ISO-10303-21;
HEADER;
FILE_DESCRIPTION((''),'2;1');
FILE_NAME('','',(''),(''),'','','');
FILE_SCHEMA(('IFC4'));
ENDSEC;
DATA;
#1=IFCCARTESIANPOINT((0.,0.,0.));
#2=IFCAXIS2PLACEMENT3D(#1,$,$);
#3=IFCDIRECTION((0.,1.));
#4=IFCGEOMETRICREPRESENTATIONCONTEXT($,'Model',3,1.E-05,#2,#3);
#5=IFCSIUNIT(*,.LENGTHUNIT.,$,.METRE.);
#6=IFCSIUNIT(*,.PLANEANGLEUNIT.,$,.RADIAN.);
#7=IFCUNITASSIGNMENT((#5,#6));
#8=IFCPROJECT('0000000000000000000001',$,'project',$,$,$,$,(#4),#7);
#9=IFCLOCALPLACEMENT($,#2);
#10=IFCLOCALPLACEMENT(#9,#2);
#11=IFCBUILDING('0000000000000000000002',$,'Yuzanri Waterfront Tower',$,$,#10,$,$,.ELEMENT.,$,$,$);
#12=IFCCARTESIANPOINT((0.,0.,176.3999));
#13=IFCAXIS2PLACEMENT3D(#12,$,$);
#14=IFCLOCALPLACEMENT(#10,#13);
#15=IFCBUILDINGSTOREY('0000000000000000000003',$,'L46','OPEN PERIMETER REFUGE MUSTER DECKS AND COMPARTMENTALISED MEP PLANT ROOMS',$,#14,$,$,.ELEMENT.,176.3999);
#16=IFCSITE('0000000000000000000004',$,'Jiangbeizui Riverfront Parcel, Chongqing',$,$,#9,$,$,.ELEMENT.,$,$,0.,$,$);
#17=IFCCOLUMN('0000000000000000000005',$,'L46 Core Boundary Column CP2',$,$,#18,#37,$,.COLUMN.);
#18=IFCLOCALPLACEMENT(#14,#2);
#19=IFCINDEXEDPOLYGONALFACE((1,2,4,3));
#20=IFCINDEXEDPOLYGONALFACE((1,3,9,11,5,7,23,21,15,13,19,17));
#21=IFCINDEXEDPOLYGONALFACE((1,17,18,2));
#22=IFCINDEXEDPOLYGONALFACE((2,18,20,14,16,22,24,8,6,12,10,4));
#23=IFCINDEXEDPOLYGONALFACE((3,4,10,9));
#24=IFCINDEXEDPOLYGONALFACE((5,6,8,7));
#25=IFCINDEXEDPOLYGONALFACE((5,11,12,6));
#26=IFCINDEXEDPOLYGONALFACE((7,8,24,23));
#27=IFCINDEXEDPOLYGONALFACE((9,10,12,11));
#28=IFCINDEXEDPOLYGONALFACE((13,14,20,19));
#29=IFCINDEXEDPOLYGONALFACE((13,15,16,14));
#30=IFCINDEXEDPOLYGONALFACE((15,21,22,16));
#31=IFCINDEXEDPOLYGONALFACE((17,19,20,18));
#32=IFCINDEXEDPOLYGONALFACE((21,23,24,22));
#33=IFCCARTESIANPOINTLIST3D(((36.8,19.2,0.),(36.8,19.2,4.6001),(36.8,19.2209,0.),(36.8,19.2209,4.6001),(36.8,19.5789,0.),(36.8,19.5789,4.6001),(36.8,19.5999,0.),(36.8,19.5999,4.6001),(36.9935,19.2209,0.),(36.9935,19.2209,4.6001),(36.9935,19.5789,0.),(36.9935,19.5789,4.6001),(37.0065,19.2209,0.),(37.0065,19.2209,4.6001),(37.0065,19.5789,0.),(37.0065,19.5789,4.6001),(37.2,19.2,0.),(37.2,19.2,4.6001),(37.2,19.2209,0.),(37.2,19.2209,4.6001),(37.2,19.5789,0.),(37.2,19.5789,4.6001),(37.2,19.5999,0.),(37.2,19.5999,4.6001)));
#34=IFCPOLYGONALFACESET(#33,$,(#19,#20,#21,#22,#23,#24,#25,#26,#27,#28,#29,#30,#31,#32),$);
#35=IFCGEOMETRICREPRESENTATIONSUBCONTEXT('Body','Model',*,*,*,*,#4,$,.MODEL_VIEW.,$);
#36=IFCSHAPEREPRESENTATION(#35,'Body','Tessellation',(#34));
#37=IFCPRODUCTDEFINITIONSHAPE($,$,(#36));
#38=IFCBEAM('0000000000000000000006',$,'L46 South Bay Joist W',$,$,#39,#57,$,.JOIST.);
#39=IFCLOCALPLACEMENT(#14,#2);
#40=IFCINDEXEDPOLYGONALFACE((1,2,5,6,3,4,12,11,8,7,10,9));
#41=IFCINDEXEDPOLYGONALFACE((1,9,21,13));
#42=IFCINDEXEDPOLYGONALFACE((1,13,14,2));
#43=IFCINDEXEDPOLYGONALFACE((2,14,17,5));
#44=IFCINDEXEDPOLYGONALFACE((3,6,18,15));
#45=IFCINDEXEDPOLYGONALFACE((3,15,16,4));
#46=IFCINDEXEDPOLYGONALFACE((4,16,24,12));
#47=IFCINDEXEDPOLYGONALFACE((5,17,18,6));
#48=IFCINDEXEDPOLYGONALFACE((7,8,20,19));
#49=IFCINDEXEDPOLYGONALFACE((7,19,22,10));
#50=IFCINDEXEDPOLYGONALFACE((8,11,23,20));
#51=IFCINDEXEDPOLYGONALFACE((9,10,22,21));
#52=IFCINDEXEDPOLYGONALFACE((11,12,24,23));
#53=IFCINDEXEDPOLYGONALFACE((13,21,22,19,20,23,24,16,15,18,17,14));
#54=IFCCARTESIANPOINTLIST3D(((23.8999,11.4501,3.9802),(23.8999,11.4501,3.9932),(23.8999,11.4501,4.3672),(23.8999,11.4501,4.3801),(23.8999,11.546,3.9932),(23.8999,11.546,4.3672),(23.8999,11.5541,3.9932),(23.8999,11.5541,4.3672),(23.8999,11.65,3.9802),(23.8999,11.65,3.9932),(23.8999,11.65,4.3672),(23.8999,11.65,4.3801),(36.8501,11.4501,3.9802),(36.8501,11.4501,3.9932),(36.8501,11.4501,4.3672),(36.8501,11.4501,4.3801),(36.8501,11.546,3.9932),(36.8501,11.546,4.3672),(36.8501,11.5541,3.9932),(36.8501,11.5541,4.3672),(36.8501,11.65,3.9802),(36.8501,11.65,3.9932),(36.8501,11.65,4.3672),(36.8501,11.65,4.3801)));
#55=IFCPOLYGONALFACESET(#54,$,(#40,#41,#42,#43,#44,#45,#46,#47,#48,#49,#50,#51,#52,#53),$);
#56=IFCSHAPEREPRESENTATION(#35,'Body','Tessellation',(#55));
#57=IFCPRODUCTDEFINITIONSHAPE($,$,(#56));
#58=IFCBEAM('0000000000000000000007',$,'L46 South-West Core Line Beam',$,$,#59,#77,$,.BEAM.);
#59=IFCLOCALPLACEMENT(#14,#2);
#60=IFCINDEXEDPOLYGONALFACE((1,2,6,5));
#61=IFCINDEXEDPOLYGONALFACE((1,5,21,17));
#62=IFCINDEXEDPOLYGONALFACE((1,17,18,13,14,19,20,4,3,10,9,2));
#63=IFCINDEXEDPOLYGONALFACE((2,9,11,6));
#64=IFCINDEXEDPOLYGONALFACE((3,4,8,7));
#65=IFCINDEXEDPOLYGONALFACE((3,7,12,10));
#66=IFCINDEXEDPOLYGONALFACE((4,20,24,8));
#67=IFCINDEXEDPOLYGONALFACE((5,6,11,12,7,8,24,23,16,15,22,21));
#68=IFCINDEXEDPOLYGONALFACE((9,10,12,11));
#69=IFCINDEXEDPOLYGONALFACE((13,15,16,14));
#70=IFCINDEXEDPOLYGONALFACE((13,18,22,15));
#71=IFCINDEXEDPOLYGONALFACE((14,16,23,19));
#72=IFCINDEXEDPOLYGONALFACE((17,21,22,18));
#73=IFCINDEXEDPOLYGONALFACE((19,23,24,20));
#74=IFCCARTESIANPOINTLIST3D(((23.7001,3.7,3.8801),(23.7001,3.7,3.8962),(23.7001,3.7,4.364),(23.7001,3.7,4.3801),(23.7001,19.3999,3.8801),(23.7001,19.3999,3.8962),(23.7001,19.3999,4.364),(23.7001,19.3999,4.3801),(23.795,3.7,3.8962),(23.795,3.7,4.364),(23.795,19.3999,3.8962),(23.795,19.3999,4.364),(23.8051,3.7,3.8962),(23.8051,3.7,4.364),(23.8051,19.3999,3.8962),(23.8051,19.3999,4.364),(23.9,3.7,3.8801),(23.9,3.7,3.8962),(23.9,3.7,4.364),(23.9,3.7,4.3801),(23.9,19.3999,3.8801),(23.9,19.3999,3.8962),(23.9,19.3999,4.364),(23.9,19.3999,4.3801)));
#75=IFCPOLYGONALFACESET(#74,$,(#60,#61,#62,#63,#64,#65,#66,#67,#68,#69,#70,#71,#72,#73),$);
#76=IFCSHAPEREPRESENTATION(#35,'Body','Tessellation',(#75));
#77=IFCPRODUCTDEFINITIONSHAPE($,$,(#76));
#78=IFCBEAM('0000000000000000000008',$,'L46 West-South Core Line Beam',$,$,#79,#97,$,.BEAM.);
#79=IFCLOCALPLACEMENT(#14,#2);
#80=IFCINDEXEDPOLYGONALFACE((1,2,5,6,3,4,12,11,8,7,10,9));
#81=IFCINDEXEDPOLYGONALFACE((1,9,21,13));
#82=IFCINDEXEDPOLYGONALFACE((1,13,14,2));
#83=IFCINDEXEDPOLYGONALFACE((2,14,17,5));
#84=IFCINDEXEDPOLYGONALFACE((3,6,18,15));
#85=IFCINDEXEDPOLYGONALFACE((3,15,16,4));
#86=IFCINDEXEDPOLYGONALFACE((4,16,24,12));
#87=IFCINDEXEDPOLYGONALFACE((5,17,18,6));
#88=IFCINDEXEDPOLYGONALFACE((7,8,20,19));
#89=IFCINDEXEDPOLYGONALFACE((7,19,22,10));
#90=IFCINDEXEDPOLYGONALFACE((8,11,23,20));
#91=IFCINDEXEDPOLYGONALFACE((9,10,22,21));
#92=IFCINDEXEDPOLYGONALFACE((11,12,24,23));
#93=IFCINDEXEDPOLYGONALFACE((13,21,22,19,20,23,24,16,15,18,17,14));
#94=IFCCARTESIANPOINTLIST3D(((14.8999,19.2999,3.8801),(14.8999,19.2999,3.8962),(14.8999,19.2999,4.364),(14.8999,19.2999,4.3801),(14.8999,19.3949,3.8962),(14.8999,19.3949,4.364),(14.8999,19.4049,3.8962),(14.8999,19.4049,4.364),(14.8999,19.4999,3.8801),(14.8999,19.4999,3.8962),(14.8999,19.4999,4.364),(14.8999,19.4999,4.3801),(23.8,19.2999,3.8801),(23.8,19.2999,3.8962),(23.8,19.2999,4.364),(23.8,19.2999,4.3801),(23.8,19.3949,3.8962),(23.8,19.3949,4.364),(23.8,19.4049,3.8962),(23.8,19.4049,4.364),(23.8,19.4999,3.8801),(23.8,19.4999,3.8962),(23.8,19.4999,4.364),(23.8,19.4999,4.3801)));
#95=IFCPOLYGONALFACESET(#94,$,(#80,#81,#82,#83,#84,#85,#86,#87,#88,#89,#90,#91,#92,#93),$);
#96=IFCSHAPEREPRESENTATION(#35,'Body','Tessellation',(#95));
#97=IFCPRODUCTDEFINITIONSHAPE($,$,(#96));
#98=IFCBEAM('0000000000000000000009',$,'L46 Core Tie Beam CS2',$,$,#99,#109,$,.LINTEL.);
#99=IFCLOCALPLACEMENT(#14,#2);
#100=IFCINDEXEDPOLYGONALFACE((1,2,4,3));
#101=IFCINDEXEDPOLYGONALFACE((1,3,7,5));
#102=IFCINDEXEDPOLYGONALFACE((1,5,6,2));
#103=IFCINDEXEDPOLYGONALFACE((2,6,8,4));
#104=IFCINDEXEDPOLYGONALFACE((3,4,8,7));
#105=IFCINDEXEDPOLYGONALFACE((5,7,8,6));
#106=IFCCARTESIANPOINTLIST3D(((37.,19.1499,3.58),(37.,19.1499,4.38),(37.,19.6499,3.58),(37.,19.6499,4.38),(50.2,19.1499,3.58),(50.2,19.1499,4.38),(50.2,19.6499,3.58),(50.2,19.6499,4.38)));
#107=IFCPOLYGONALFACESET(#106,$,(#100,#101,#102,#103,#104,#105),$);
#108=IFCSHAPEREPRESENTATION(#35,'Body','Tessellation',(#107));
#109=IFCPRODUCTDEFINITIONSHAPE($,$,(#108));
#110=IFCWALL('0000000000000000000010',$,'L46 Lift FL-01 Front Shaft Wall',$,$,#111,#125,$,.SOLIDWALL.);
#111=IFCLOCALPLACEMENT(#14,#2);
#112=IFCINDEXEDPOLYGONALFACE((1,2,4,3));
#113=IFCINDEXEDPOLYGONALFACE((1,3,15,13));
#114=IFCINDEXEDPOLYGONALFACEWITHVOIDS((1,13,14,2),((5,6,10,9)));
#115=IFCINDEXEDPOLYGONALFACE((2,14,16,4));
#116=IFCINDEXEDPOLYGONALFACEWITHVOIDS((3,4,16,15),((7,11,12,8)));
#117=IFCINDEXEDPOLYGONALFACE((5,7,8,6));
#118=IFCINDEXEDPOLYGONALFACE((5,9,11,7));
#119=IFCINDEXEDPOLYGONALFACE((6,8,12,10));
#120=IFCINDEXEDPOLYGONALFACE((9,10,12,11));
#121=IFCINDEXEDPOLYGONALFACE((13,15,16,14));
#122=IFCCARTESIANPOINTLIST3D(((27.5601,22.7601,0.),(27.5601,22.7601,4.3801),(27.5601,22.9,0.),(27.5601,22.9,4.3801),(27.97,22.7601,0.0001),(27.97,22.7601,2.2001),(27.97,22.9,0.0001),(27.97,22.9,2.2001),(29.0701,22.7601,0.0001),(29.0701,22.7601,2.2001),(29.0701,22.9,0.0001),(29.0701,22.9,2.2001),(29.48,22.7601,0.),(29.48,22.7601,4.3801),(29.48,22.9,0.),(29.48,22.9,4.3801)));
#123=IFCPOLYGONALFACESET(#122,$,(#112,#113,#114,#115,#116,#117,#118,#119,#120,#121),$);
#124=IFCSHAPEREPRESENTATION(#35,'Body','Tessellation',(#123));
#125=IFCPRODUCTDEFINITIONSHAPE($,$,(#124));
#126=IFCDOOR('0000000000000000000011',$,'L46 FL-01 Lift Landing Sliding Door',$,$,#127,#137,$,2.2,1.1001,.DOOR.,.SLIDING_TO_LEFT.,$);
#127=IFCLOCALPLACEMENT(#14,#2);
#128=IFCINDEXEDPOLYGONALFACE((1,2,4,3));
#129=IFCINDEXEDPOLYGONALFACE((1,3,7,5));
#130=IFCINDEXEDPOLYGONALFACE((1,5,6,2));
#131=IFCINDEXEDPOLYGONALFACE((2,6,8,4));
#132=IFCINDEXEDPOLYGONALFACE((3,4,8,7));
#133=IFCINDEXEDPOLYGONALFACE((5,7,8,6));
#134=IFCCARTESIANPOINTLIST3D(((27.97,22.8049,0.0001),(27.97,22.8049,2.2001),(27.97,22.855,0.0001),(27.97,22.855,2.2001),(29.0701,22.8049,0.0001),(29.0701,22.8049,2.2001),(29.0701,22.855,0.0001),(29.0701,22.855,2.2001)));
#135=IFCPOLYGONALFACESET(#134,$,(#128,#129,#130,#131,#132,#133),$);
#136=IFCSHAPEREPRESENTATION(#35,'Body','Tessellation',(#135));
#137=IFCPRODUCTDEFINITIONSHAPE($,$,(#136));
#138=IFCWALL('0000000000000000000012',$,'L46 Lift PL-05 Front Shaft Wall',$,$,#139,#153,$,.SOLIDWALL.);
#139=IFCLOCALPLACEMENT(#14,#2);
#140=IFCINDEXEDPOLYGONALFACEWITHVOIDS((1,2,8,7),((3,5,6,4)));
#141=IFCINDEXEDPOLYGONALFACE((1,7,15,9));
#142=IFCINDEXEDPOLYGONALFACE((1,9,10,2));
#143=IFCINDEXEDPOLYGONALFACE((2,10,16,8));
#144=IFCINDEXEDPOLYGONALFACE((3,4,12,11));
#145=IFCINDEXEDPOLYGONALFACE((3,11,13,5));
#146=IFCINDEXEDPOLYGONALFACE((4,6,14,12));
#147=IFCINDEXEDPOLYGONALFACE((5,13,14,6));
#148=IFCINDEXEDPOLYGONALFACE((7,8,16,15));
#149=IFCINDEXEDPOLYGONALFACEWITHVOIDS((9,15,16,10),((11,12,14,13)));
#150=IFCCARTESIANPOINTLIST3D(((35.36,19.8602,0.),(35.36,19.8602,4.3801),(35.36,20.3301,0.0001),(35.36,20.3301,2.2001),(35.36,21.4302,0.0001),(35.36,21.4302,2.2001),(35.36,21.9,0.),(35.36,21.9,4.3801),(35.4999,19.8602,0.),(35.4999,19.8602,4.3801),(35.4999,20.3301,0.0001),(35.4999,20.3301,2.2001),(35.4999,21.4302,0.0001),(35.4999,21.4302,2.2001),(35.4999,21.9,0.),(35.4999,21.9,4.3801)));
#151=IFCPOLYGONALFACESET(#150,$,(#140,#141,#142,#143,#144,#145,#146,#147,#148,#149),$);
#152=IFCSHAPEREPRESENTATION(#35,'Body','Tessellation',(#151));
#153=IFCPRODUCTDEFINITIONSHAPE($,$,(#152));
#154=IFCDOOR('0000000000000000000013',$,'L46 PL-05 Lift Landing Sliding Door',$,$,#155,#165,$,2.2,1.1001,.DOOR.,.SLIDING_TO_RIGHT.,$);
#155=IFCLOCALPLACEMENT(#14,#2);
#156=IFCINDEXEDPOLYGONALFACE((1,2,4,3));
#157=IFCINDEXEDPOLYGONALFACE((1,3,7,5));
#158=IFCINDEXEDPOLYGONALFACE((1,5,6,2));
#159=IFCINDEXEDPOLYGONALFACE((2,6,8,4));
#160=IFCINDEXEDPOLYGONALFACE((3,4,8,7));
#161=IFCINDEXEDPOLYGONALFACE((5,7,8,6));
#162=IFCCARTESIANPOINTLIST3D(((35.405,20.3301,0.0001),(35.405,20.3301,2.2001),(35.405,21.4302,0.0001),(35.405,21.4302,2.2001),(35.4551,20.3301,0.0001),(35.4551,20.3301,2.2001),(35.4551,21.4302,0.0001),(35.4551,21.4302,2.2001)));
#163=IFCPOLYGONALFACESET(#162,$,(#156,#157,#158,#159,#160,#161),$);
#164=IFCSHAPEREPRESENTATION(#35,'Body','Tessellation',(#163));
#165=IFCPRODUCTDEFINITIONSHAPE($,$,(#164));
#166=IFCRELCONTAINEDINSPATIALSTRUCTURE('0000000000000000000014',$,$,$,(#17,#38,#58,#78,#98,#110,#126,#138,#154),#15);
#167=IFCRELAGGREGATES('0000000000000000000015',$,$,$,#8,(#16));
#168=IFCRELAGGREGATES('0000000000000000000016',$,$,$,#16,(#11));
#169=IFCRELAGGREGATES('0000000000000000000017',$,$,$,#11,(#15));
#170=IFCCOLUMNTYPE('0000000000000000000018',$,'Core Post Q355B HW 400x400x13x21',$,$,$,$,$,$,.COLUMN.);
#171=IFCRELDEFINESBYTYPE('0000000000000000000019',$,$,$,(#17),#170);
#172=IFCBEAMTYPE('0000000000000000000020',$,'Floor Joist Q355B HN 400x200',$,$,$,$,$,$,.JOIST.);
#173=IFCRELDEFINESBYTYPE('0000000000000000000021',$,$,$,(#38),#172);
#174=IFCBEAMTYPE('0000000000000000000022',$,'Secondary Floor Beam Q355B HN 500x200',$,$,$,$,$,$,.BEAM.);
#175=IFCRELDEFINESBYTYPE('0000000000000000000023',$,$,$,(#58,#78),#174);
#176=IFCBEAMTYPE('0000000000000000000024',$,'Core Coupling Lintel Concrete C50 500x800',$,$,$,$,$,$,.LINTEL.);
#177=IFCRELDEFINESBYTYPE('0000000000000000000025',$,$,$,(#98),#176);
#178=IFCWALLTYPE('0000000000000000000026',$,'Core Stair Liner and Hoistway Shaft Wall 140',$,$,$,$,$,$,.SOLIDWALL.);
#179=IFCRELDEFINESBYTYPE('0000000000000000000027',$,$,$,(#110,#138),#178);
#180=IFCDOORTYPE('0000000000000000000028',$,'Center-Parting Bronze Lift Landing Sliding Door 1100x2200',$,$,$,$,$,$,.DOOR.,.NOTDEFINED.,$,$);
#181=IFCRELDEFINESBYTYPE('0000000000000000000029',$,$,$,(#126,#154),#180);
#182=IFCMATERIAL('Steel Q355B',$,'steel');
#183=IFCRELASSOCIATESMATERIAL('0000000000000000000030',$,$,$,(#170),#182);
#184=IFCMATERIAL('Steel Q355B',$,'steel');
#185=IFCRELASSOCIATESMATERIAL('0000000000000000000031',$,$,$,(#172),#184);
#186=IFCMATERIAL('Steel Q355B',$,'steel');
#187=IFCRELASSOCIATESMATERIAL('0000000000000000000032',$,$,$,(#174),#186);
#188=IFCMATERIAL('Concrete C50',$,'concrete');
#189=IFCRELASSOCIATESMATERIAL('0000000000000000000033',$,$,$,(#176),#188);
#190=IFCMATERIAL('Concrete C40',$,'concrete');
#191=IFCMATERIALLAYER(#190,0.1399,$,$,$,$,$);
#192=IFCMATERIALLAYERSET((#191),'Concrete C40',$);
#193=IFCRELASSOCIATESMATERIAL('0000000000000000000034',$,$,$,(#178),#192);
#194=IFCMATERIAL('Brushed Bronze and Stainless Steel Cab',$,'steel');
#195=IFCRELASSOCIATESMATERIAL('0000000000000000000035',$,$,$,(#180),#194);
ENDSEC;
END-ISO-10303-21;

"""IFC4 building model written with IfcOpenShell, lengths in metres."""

from ifc_helpers import new_model, si_unit, direction, frame, frame_2d, origin, origin_2d, place, context, subcontext, project, spatial, rectangle, i_section, extrude, source, transform, mapped, material, layer, layer_set, material_profile, profile_set, type_object, element, fill, save


model = new_model("IFC4")

# Units and contexts
model_context = context("Model", 3, precision=1e-05, world=origin(), true_north=direction((0.0, 1.0)))
body_context = subcontext(model_context, "Body", "Model", "MODEL_VIEW")
ifc_project = project(units=[si_unit("LENGTHUNIT", "METRE"), si_unit("PLANEANGLEUNIT", "RADIAN")], contexts=[model_context])

# Site, building, storey
site_placement = place(None, origin())
site = spatial("IfcSite", under=ifc_project, at=site_placement, Name="Jiangbeizui Riverfront Parcel, Chongqing", CompositionType="ELEMENT", RefElevation=0.0)
building_placement = place(site_placement, origin())
building = spatial("IfcBuilding", under=site, at=building_placement, Name="Yuzanri Waterfront Tower", CompositionType="ELEMENT")
storey_placement = place(building_placement, frame((0.0, 0.0, 176.3999)))
storey = spatial("IfcBuildingStorey", under=building, at=storey_placement, Name="L46", Description="OPEN PERIMETER REFUGE MUSTER DECKS AND COMPARTMENTALISED MEP PLANT ROOMS", CompositionType="ELEMENT", Elevation=176.3999)

# Column
ifc_material_1 = material(Name="Steel Q355B", Category="steel")
ifc_material_profile_1 = material_profile(ifc_material_1, i_section(OverallWidth=0.3999, OverallDepth=0.3999, WebThickness=0.0129, FlangeThickness=0.021, at=origin_2d()), Name="HW 400x400x13x21")
ifc_profile_set_1 = profile_set([ifc_material_profile_1], Name="Steel Q355B")
column_type = type_object("IfcColumnType", Name="Core Post Q355B HW 400x400x13x21", PredefinedType="COLUMN", material=ifc_profile_set_1)
shared_shape_1 = source(origin(), body_context, "Body", "SweptSolid", [
    extrude(i_section(OverallWidth=0.3999, OverallDepth=0.3999, WebThickness=0.0129, FlangeThickness=0.021, at=origin_2d()), origin(), (0.0, 0.0, 1.0), 4.6001),
])
column_placement = place(storey_placement, frame((37.0, 19.3999, 0.0), z_axis=(0.0, 0.0, 1.0), x_axis=(1.0, 0.0, 0.0)))
element("IfcColumn", 1, at=column_placement, inside=storey, type_object=column_type, Name="L46 Core Boundary Column CP2", PredefinedType="COLUMN", context=body_context, shape_type="MappedRepresentation", body=[
    mapped(shared_shape_1, transform((0.0, 0.0, 0.0), scale=1.0)),
])

# Beams
ifc_material_2 = material(Name="Steel Q355B", Category="steel")
ifc_material_profile_2 = material_profile(ifc_material_2, i_section(OverallWidth=0.2, OverallDepth=0.3999, WebThickness=0.0081, FlangeThickness=0.0129, at=origin_2d()), Name="HN 400x200x8x13")
ifc_profile_set_2 = profile_set([ifc_material_profile_2], Name="Steel Q355B")
beam_type_1 = type_object("IfcBeamType", Name="Floor Joist Q355B HN 400x200", PredefinedType="JOIST", material=ifc_profile_set_2)
shared_shape_2 = source(origin(), body_context, "Body", "SweptSolid", [
    extrude(i_section(OverallWidth=0.2, OverallDepth=0.3999, WebThickness=0.0081, FlangeThickness=0.0129, at=origin_2d()), origin(), (0.0, 0.0, 1.0), 12.9502),
])
beam_1_placement = place(storey_placement, frame((23.8999, 11.55, 4.1802), z_axis=(1.0, 0.0, 0.0), x_axis=(0.0, 1.0, 0.0)))
element("IfcBeam", 2, at=beam_1_placement, inside=storey, type_object=beam_type_1, Name="L46 South Bay Joist W", PredefinedType="JOIST", context=body_context, shape_type="MappedRepresentation", body=[
    mapped(shared_shape_2, transform((0.0, 0.0, 0.0), scale=1.0)),
])
ifc_material_3 = material(Name="Steel Q355B", Category="steel")
ifc_material_profile_3 = material_profile(ifc_material_3, i_section(OverallWidth=0.2, OverallDepth=0.5, WebThickness=0.01, FlangeThickness=0.0161, at=origin_2d()), Name="HN 500x200x10x16")
ifc_profile_set_3 = profile_set([ifc_material_profile_3], Name="Steel Q355B")
beam_type_2 = type_object("IfcBeamType", Name="Secondary Floor Beam Q355B HN 500x200", PredefinedType="BEAM", material=ifc_profile_set_3)
shared_shape_3 = source(origin(), body_context, "Body", "SweptSolid", [
    extrude(i_section(OverallWidth=0.2, OverallDepth=0.5, WebThickness=0.01, FlangeThickness=0.0161, at=origin_2d()), origin(), (0.0, 0.0, 1.0), 15.7),
])
beam_2_placement = place(storey_placement, frame((23.8, 19.3999, 4.1301), z_axis=(0.0, -1.0, 0.0), x_axis=(1.0, 0.0, 0.0)))
element("IfcBeam", 3, at=beam_2_placement, inside=storey, type_object=beam_type_2, Name="L46 South-West Core Line Beam", PredefinedType="BEAM", context=body_context, shape_type="MappedRepresentation", body=[
    mapped(shared_shape_3, transform((0.0, 0.0, 0.0), scale=1.0)),
])
shared_shape_4 = source(origin(), body_context, "Body", "SweptSolid", [
    extrude(i_section(OverallWidth=0.2, OverallDepth=0.5, WebThickness=0.01, FlangeThickness=0.0161, at=origin_2d()), origin(), (0.0, 0.0, 1.0), 8.9001),
])
beam_3_placement = place(storey_placement, frame((23.8, 19.3999, 4.1301), z_axis=(-1.0, 0.0, 0.0), x_axis=(0.0, -1.0, 0.0)))
element("IfcBeam", 4, at=beam_3_placement, inside=storey, type_object=beam_type_2, Name="L46 West-South Core Line Beam", PredefinedType="BEAM", context=body_context, shape_type="MappedRepresentation", body=[
    mapped(shared_shape_4, transform((0.0, 0.0, 0.0), scale=1.0)),
])
ifc_material_4 = material(Name="Concrete C50", Category="concrete")
ifc_material_profile_4 = material_profile(ifc_material_4, rectangle(XDim=0.5, YDim=0.8, at=origin_2d()), Name="RC 500x800")
ifc_profile_set_4 = profile_set([ifc_material_profile_4], Name="Concrete C50")
beam_type_3 = type_object("IfcBeamType", Name="Core Coupling Lintel Concrete C50 500x800", PredefinedType="LINTEL", material=ifc_profile_set_4)
shared_shape_5 = source(origin(), body_context, "Body", "SweptSolid", [
    extrude(rectangle(XDim=0.5, YDim=0.8, at=origin_2d()), origin(), (0.0, 0.0, 1.0), 13.2),
])
beam_4_placement = place(storey_placement, frame((37.0, 19.3999, 3.98), z_axis=(1.0, 0.0, 0.0), x_axis=(0.0, 1.0, 0.0)))
element("IfcBeam", 5, at=beam_4_placement, inside=storey, type_object=beam_type_3, Name="L46 Core Tie Beam CS2", PredefinedType="LINTEL", context=body_context, shape_type="MappedRepresentation", body=[
    mapped(shared_shape_5, transform((0.0, 0.0, 0.0), scale=1.0)),
])

# Walls, openings, doors
ifc_material_5 = material(Name="Concrete C40", Category="concrete")
ifc_layer_1 = layer(ifc_material_5, 0.1399)
ifc_layer_set_1 = layer_set([ifc_layer_1], Name="Concrete C40")
wall_type_1 = type_object("IfcWallType", Name="Core Stair Liner and Hoistway Shaft Wall 140", PredefinedType="SOLIDWALL", material=ifc_layer_set_1)
wall_1_placement = place(storey_placement, frame((27.5601, 22.8301, 0.0), z_axis=(0.0, 0.0, 1.0), x_axis=(1.0, 0.0, 0.0)))
wall_1 = element("IfcWall", 6, at=wall_1_placement, inside=storey, type_object=wall_type_1, Name="L46 Lift FL-01 Front Shaft Wall", PredefinedType="SOLIDWALL", context=body_context, shape_type="SweptSolid", body=[
    extrude(rectangle(XDim=1.9199, YDim=0.1399, at=frame_2d((0.96, 0.0))), origin(), (0.0, 0.0, 1.0), 4.3801),
])
opening_1_placement = place(wall_1_placement, frame((0.4099, 0.0, 0.0)))
opening_1 = element("IfcOpeningElement", 7, at=opening_1_placement, cuts=wall_1, PredefinedType="OPENING", context=body_context, shape_type="SweptSolid", body=[
    extrude(rectangle(XDim=1.1001, YDim=2.2, at=frame_2d((0.55, 1.1001))), frame((0.0, 0.085, 0.0), z_axis=(0.0, -1.0, 0.0), x_axis=(1.0, 0.0, 0.0)), (0.0, 0.0, 1.0), 0.1697),
])
ifc_material_6 = material(Name="Brushed Bronze and Stainless Steel Cab", Category="steel")
door_type_1 = type_object("IfcDoorType", Name="Center-Parting Bronze Lift Landing Sliding Door 1100x2200", OperationType="NOTDEFINED", PredefinedType="DOOR", material=ifc_material_6)
shared_shape_6 = source(origin(), body_context, "Body", "SweptSolid", [
    extrude(rectangle(XDim=1.1001, YDim=2.2, at=frame_2d((0.55, 1.1001))), frame((0.0, 0.0249, 0.0), z_axis=(0.0, -1.0, 0.0), x_axis=(1.0, 0.0, 0.0)), (0.0, 0.0, 1.0), 0.05),
])
door_1_placement = place(opening_1_placement, origin())
door_1 = element("IfcDoor", 8, at=door_1_placement, inside=storey, type_object=door_type_1, Name="L46 FL-01 Lift Landing Sliding Door", OperationType="SLIDING_TO_LEFT", OverallHeight=2.2, OverallWidth=1.1001, PredefinedType="DOOR", context=body_context, shape_type="MappedRepresentation", body=[
    mapped(shared_shape_6, transform((0.0, 0.0, 0.0), scale=1.0)),
])
fill(opening_1, door_1)
wall_2_placement = place(storey_placement, frame((35.4299, 19.8601, 0.0), z_axis=(0.0, 0.0, 1.0), x_axis=(0.0, 1.0, 0.0)))
wall_2 = element("IfcWall", 9, at=wall_2_placement, inside=storey, type_object=wall_type_1, Name="L46 Lift PL-05 Front Shaft Wall", PredefinedType="SOLIDWALL", context=body_context, shape_type="SweptSolid", body=[
    extrude(rectangle(XDim=2.0398, YDim=0.1399, at=frame_2d((1.02, 0.0))), origin(), (0.0, 0.0, 1.0), 4.3801),
])
opening_2_placement = place(wall_2_placement, frame((0.47, 0.0, 0.0)))
opening_2 = element("IfcOpeningElement", 10, at=opening_2_placement, cuts=wall_2, PredefinedType="OPENING", context=body_context, shape_type="SweptSolid", body=[
    extrude(rectangle(XDim=1.1001, YDim=2.2, at=frame_2d((0.55, 1.1001))), frame((0.0, 0.085, 0.0), z_axis=(0.0, -1.0, 0.0), x_axis=(1.0, 0.0, 0.0)), (0.0, 0.0, 1.0), 0.1697),
])
door_2_placement = place(opening_2_placement, origin())
door_2 = element("IfcDoor", 11, at=door_2_placement, inside=storey, type_object=door_type_1, Name="L46 PL-05 Lift Landing Sliding Door", OperationType="SLIDING_TO_RIGHT", OverallHeight=2.2, OverallWidth=1.1001, PredefinedType="DOOR", context=body_context, shape_type="MappedRepresentation", body=[
    mapped(shared_shape_6, transform((0.0, 0.0, 0.0), scale=1.0)),
])
fill(opening_2, door_2)

save(model, "model.ifc")
